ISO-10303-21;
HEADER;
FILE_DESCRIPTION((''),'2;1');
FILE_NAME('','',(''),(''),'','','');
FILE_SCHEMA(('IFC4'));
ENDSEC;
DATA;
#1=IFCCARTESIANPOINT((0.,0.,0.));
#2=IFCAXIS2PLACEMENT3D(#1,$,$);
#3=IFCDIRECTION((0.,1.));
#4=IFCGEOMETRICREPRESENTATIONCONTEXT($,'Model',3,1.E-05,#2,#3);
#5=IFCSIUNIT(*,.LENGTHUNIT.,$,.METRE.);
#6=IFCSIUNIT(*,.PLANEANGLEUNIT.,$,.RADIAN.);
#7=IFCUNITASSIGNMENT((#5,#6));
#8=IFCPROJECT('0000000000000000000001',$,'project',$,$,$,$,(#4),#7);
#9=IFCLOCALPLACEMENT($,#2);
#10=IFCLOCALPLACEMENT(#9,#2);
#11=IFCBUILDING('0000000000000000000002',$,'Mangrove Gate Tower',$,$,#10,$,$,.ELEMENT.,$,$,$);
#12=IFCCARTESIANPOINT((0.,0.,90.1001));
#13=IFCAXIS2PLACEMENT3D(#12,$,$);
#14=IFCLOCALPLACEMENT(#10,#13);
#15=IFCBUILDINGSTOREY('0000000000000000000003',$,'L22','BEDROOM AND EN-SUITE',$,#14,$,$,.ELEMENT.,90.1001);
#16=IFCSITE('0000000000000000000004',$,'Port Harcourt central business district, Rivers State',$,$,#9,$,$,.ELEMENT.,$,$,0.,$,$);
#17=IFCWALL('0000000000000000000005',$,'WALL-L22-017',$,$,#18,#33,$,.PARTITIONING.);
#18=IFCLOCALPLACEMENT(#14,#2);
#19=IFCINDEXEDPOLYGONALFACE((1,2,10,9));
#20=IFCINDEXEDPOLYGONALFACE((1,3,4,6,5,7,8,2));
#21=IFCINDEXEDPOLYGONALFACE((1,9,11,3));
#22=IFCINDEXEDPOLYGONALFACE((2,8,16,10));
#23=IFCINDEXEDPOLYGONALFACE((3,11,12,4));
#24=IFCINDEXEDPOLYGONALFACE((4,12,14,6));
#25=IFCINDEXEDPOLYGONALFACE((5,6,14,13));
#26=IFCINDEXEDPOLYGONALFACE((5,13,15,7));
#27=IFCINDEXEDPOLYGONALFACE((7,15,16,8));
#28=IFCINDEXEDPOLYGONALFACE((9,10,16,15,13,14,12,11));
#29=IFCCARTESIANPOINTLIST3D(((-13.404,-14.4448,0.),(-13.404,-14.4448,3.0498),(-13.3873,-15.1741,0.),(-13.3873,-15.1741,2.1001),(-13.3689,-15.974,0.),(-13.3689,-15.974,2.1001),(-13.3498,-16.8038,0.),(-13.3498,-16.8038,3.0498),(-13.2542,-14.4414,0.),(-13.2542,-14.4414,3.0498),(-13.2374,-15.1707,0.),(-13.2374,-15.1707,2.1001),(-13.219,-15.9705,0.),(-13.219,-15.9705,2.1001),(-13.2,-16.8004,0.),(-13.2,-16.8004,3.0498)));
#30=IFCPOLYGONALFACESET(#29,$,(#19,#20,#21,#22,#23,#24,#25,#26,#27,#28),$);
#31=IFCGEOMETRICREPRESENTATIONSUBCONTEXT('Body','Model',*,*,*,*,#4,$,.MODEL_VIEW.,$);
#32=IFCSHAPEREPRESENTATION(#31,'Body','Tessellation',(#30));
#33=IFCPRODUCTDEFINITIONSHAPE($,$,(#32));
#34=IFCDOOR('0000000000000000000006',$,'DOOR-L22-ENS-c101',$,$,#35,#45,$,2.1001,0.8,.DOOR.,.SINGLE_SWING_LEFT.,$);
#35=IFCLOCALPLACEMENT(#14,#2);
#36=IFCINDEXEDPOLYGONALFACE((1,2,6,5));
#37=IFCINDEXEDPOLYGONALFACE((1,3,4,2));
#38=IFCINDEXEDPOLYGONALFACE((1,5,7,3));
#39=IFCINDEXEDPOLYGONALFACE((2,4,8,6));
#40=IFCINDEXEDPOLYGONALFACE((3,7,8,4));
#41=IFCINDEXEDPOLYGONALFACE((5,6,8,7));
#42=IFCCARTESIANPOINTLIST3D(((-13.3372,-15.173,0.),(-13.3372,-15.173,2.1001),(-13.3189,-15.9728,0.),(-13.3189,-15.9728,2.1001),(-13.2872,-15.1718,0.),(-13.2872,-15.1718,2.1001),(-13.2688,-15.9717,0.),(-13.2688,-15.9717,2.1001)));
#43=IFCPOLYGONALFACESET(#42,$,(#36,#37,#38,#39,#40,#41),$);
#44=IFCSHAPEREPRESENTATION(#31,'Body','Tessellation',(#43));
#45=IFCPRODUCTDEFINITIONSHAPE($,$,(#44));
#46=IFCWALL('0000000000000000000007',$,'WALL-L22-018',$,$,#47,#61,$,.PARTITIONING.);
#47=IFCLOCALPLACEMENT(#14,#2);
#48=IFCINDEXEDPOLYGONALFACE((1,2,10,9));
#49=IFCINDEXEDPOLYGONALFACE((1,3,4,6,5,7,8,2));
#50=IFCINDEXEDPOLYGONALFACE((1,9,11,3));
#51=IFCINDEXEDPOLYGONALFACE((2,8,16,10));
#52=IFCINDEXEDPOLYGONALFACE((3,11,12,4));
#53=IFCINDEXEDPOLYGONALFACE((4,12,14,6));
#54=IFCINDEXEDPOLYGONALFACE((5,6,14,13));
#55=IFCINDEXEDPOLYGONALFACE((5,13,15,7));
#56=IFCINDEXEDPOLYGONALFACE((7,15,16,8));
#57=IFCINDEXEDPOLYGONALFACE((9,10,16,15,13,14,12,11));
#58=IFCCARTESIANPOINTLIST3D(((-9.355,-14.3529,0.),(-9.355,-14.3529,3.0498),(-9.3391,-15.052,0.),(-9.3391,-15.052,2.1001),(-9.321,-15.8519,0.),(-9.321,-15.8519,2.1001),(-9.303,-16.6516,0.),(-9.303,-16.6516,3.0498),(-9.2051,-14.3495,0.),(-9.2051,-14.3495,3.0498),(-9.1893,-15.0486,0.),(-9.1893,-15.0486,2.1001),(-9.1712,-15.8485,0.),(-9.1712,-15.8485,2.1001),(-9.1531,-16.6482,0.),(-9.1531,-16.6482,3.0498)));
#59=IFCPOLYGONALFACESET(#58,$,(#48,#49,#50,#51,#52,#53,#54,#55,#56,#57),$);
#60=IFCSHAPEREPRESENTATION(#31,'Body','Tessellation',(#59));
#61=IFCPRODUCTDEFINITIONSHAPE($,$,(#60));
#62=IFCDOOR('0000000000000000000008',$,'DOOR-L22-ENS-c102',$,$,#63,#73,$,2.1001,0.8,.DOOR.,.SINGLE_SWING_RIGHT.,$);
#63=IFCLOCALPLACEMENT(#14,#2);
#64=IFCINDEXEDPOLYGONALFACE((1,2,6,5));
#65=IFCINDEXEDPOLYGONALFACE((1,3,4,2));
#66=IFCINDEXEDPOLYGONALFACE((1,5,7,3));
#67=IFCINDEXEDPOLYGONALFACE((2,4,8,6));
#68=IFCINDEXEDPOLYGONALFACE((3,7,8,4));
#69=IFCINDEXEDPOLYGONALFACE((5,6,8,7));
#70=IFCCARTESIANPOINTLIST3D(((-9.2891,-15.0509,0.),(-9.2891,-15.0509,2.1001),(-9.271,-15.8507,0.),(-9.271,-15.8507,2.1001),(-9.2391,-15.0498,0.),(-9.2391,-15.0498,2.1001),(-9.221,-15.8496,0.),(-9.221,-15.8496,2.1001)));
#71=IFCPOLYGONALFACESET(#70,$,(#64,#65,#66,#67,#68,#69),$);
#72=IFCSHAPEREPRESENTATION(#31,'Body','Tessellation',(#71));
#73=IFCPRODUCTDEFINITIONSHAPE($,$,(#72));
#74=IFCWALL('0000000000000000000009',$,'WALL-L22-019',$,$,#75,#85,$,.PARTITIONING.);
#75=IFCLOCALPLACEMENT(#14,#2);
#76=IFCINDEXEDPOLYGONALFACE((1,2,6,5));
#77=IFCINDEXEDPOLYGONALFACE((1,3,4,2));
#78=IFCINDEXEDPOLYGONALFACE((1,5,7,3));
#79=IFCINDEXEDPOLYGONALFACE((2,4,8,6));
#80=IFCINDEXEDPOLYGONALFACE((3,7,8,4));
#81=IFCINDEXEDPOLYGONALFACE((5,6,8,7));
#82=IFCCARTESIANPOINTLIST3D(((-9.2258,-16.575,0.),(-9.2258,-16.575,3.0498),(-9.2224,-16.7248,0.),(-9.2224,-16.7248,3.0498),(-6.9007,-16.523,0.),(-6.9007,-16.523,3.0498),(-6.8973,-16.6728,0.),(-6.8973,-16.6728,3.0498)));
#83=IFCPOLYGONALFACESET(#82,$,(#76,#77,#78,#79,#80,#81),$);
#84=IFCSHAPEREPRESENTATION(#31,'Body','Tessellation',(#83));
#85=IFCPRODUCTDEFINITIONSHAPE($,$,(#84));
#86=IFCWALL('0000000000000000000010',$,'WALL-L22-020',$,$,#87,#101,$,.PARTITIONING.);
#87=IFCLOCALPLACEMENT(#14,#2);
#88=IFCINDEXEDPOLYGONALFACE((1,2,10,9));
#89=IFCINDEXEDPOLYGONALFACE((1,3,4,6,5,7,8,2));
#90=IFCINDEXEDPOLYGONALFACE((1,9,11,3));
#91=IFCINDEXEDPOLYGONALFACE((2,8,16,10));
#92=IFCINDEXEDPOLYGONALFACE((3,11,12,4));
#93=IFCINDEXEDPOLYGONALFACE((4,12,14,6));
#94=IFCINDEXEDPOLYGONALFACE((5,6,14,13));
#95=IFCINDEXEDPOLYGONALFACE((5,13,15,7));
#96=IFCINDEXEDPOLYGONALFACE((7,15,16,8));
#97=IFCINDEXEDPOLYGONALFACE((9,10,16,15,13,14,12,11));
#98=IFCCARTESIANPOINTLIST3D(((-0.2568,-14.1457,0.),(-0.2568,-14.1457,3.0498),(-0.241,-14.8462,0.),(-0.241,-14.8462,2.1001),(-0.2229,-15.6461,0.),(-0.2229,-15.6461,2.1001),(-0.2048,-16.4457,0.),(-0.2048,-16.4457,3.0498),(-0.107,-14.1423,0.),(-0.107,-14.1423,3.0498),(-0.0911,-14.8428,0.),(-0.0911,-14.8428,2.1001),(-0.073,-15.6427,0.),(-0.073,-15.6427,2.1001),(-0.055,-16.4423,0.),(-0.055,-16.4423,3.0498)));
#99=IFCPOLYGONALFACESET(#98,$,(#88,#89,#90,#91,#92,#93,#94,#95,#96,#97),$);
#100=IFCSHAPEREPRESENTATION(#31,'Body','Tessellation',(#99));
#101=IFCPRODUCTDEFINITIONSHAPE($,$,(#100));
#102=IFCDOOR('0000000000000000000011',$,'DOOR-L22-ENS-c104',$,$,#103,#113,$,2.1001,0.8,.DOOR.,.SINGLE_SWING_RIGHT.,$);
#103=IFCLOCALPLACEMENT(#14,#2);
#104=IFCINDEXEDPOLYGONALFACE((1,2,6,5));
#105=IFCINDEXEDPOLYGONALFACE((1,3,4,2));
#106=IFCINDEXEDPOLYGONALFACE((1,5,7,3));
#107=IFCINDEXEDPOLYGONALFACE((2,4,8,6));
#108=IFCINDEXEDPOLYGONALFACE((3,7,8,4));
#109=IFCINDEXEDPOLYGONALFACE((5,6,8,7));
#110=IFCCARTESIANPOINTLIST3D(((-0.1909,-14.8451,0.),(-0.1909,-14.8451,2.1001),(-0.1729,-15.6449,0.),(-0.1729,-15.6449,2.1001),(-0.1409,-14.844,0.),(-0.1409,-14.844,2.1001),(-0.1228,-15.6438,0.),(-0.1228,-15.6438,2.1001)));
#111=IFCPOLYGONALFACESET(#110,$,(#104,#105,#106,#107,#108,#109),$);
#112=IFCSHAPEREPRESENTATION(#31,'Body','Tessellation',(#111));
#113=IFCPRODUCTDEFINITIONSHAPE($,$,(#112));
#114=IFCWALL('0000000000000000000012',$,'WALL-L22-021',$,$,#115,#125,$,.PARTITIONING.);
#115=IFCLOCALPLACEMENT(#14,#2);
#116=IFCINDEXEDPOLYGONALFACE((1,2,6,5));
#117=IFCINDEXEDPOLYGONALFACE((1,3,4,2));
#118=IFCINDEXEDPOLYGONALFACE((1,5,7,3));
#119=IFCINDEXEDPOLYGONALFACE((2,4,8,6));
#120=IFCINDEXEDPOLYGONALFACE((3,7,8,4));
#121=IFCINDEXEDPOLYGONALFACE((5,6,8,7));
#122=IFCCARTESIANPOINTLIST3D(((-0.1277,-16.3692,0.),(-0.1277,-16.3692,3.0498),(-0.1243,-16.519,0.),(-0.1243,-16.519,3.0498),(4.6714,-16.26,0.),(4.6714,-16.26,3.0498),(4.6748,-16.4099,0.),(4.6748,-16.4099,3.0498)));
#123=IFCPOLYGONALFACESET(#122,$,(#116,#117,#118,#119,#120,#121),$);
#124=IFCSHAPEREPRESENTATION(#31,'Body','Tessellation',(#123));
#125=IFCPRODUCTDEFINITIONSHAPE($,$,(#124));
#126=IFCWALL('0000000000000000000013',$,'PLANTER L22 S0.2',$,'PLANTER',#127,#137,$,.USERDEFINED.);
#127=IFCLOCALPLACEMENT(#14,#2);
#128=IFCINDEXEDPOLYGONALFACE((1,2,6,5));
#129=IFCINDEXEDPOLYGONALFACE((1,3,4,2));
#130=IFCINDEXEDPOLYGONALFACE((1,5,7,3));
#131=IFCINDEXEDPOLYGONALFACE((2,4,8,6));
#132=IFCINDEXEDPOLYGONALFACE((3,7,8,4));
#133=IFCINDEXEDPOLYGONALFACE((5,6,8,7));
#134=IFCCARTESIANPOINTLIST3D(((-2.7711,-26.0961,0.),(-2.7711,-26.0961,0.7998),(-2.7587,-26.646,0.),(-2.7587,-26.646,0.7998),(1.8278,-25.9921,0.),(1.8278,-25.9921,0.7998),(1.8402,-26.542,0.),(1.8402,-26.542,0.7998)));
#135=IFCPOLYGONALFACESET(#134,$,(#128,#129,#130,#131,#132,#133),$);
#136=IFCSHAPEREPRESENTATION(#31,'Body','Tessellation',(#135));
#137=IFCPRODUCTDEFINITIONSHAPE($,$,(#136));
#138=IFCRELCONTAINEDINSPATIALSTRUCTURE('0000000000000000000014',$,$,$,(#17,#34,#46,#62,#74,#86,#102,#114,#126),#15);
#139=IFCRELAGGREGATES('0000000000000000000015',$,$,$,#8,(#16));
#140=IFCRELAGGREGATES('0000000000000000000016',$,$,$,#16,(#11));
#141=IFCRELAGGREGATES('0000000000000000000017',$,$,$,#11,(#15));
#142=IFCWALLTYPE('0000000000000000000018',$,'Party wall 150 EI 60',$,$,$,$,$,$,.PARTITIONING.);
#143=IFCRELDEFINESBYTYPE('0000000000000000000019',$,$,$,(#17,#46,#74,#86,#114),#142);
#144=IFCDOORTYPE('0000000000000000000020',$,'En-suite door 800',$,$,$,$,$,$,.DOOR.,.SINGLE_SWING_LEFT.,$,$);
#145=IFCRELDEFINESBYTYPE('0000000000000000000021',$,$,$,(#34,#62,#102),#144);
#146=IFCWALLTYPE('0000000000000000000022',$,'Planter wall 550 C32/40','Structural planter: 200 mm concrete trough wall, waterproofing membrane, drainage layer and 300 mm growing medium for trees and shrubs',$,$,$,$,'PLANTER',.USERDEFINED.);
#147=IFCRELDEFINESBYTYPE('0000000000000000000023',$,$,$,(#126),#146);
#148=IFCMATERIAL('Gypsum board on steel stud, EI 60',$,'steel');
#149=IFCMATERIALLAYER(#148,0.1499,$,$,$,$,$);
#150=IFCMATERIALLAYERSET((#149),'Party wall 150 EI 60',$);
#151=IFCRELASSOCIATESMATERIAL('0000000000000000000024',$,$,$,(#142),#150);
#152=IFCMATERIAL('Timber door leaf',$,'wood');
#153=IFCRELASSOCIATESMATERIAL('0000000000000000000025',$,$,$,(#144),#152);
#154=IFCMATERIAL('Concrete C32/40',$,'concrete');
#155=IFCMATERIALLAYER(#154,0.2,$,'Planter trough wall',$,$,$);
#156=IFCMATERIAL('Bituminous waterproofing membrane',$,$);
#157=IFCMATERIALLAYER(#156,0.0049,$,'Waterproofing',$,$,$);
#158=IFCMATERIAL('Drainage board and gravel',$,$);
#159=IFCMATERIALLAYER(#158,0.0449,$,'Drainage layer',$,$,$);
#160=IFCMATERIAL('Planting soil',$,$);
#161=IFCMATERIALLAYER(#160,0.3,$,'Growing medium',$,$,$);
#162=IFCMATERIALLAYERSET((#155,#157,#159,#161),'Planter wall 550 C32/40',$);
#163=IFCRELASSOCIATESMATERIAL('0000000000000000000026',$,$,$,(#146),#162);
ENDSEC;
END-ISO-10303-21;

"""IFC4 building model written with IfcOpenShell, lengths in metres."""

from ifc_helpers import new_model, si_unit, direction, frame, frame_2d, origin, place, context, subcontext, project, spatial, rectangle, extrude, material, layer, layer_set, type_object, element, fill, save


model = new_model("IFC4")

# Units and contexts
model_context = context("Model", 3, precision=1e-05, world=origin(), true_north=direction((0.0, 1.0)))
body_context = subcontext(model_context, "Body", "Model", "MODEL_VIEW")
ifc_project = project(units=[si_unit("LENGTHUNIT", "METRE"), si_unit("PLANEANGLEUNIT", "RADIAN")], contexts=[model_context])

# Site, building, storey
site_placement = place(None, origin())
site = spatial("IfcSite", under=ifc_project, at=site_placement, Name="Port Harcourt central business district, Rivers State", CompositionType="ELEMENT", RefElevation=0.0)
building_placement = place(site_placement, origin())
building = spatial("IfcBuilding", under=site, at=building_placement, Name="Mangrove Gate Tower", CompositionType="ELEMENT")
storey_placement = place(building_placement, frame((0.0, 0.0, 90.1001)))
storey = spatial("IfcBuildingStorey", under=building, at=storey_placement, Name="L22", Description="BEDROOM AND EN-SUITE", CompositionType="ELEMENT", Elevation=90.1001)

# Shared definitions
ifc_material_1 = material(Name="Gypsum board on steel stud, EI 60", Category="steel")
ifc_layer_1 = layer(ifc_material_1, 0.1499)
ifc_layer_set_1 = layer_set([ifc_layer_1], Name="Party wall 150 EI 60")
wall_type_1 = type_object("IfcWallType", Name="Party wall 150 EI 60", PredefinedType="PARTITIONING", material=ifc_layer_set_1)

# Walls, openings, doors
ifc_material_2 = material(Name="Timber door leaf", Category="wood")
door_type = type_object("IfcDoorType", Name="En-suite door 800", OperationType="SINGLE_SWING_LEFT", PredefinedType="DOOR", material=ifc_material_2)
wall_1_placement = place(storey_placement, frame((-13.2749, -16.802, 0.0), z_axis=(0.0, 0.0, 1.0), x_axis=(-0.022971, 0.999736, 0.0)))
wall_1 = element("IfcWall", 1, at=wall_1_placement, inside=storey, type_object=wall_type_1, Name="WALL-L22-017", PredefinedType="PARTITIONING", context=body_context, shape_type="SweptSolid", body=[
    extrude(rectangle(XDim=2.3596, YDim=0.1499, at=frame_2d((1.1797, 0.0))), origin(), (0.0, 0.0, 1.0), 3.0498),
])
opening_1_placement = place(wall_1_placement, frame((0.8301, 0.0, 0.0)))
opening_1 = element("IfcOpeningElement", 2, at=opening_1_placement, cuts=wall_1, PredefinedType="OPENING", context=body_context, shape_type="SweptSolid", body=[
    extrude(rectangle(XDim=0.8, YDim=2.1001, at=frame_2d((0.3999, 1.05))), frame((0.0, 0.085, 0.0), z_axis=(0.0, -1.0, 0.0), x_axis=(1.0, 0.0, 0.0)), (0.0, 0.0, 1.0), 0.1699),
])
door_1_placement = place(opening_1_placement, origin())
door_1 = element("IfcDoor", 3, at=door_1_placement, inside=storey, type_object=door_type, Name="DOOR-L22-ENS-c101", OperationType="SINGLE_SWING_LEFT", OverallHeight=2.1001, OverallWidth=0.8, PredefinedType="DOOR", context=body_context, shape_type="SweptSolid", body=[
    extrude(rectangle(XDim=0.8, YDim=2.1001, at=frame_2d((0.3999, 1.05))), frame((0.0, 0.0249, 0.0), z_axis=(0.0, -1.0, 0.0), x_axis=(1.0, 0.0, 0.0)), (0.0, 0.0, 1.0), 0.05),
])
fill(opening_1, door_1)
wall_2_placement = place(storey_placement, frame((-9.228, -16.6499, 0.0), z_axis=(0.0, 0.0, 1.0), x_axis=(-0.022615, 0.999744, 0.0)))
wall_2 = element("IfcWall", 4, at=wall_2_placement, inside=storey, type_object=wall_type_1, Name="WALL-L22-018", PredefinedType="PARTITIONING", context=body_context, shape_type="SweptSolid", body=[
    extrude(rectangle(XDim=2.2993, YDim=0.1499, at=frame_2d((1.1497, 0.0))), origin(), (0.0, 0.0, 1.0), 3.0498),
])
opening_2_placement = place(wall_2_placement, frame((0.8, 0.0, 0.0)))
opening_2 = element("IfcOpeningElement", 5, at=opening_2_placement, cuts=wall_2, PredefinedType="OPENING", context=body_context, shape_type="SweptSolid", body=[
    extrude(rectangle(XDim=0.8, YDim=2.1001, at=frame_2d((0.3999, 1.05))), frame((0.0, 0.085, 0.0), z_axis=(0.0, -1.0, 0.0), x_axis=(1.0, 0.0, 0.0)), (0.0, 0.0, 1.0), 0.1699),
])
door_2_placement = place(opening_2_placement, origin())
door_2 = element("IfcDoor", 6, at=door_2_placement, inside=storey, type_object=door_type, Name="DOOR-L22-ENS-c102", OperationType="SINGLE_SWING_RIGHT", OverallHeight=2.1001, OverallWidth=0.8, PredefinedType="DOOR", context=body_context, shape_type="SweptSolid", body=[
    extrude(rectangle(XDim=0.8, YDim=2.1001, at=frame_2d((0.3999, 1.05))), frame((0.0, 0.0249, 0.0), z_axis=(0.0, -1.0, 0.0), x_axis=(1.0, 0.0, 0.0)), (0.0, 0.0, 1.0), 0.05),
])
fill(opening_2, door_2)

# Wall
wall_3_placement = place(storey_placement, frame((-9.2241, -16.6499, 0.0), z_axis=(0.0, 0.0, 1.0), x_axis=(0.99975, 0.022359, 0.0)))
element("IfcWall", 7, at=wall_3_placement, inside=storey, type_object=wall_type_1, Name="WALL-L22-019", PredefinedType="PARTITIONING", context=body_context, shape_type="SweptSolid", body=[
    extrude(rectangle(XDim=2.3257, YDim=0.1499, at=frame_2d((1.1628, 0.0))), origin(), (0.0, 0.0, 1.0), 3.0498),
])

# Wall, opening, door
wall_4_placement = place(storey_placement, frame((-0.1299, -16.4441, 0.0), z_axis=(0.0, 0.0, 1.0), x_axis=(-0.022603, 0.999745, 0.0)))
wall_4 = element("IfcWall", 8, at=wall_4_placement, inside=storey, type_object=wall_type_1, Name="WALL-L22-020", PredefinedType="PARTITIONING", context=body_context, shape_type="SweptSolid", body=[
    extrude(rectangle(XDim=2.3005, YDim=0.1499, at=frame_2d((1.1504, 0.0))), origin(), (0.0, 0.0, 1.0), 3.0498),
])
opening_3_placement = place(wall_4_placement, frame((0.8, 0.0, 0.0)))
opening_3 = element("IfcOpeningElement", 9, at=opening_3_placement, cuts=wall_4, PredefinedType="OPENING", context=body_context, shape_type="SweptSolid", body=[
    extrude(rectangle(XDim=0.8, YDim=2.1001, at=frame_2d((0.3999, 1.05))), frame((0.0, 0.085, 0.0), z_axis=(0.0, -1.0, 0.0), x_axis=(1.0, 0.0, 0.0)), (0.0, 0.0, 1.0), 0.1699),
])
door_3_placement = place(opening_3_placement, origin())
door_3 = element("IfcDoor", 10, at=door_3_placement, inside=storey, type_object=door_type, Name="DOOR-L22-ENS-c104", OperationType="SINGLE_SWING_RIGHT", OverallHeight=2.1001, OverallWidth=0.8, PredefinedType="DOOR", context=body_context, shape_type="SweptSolid", body=[
    extrude(rectangle(XDim=0.8, YDim=2.1001, at=frame_2d((0.3999, 1.05))), frame((0.0, 0.0249, 0.0), z_axis=(0.0, -1.0, 0.0), x_axis=(1.0, 0.0, 0.0)), (0.0, 0.0, 1.0), 0.05),
])
fill(opening_3, door_3)

# Walls
wall_5_placement = place(storey_placement, frame((-0.126, -16.4441, 0.0), z_axis=(0.0, 0.0, 1.0), x_axis=(0.999742, 0.022734, 0.0)))
element("IfcWall", 11, at=wall_5_placement, inside=storey, type_object=wall_type_1, Name="WALL-L22-021", PredefinedType="PARTITIONING", context=body_context, shape_type="SweptSolid", body=[
    extrude(rectangle(XDim=4.8003, YDim=0.1499, at=frame_2d((2.4001, 0.0))), origin(), (0.0, 0.0, 1.0), 3.0498),
])
ifc_material_3 = material(Name="Concrete C32/40", Category="concrete")
ifc_layer_2 = layer(ifc_material_3, 0.2, Name="Planter trough wall")
ifc_material_4 = material(Name="Bituminous waterproofing membrane")
ifc_layer_3 = layer(ifc_material_4, 0.0049, Name="Waterproofing")
ifc_material_5 = material(Name="Drainage board and gravel")
ifc_layer_4 = layer(ifc_material_5, 0.0449, Name="Drainage layer")
ifc_material_6 = material(Name="Planting soil")
ifc_layer_5 = layer(ifc_material_6, 0.3, Name="Growing medium")
ifc_layer_set_2 = layer_set([ifc_layer_2, ifc_layer_3, ifc_layer_4, ifc_layer_5], Name="Planter wall 550 C32/40")
wall_type_2 = type_object("IfcWallType", Name="Planter wall 550 C32/40", Description="Structural planter: 200 mm concrete trough wall, waterproofing membrane, drainage layer and 300 mm growing medium for trees and shrubs", ElementType="PLANTER", PredefinedType="USERDEFINED", material=ifc_layer_set_2)
wall_6_placement = place(storey_placement, frame((-2.7649, -26.3711, 0.0), z_axis=(0.0, 0.0, 1.0), x_axis=(0.999744, 0.022609, 0.0)))
element("IfcWall", 12, at=wall_6_placement, inside=storey, type_object=wall_type_2, Name="PLANTER L22 S0.2", ObjectType="PLANTER", PredefinedType="USERDEFINED", context=body_context, shape_type="SweptSolid", body=[
    extrude(rectangle(XDim=4.6001, YDim=0.55, at=frame_2d((2.3, 0.0))), origin(), (0.0, 0.0, 1.0), 0.7998),
])

save(model, "model.ifc")
